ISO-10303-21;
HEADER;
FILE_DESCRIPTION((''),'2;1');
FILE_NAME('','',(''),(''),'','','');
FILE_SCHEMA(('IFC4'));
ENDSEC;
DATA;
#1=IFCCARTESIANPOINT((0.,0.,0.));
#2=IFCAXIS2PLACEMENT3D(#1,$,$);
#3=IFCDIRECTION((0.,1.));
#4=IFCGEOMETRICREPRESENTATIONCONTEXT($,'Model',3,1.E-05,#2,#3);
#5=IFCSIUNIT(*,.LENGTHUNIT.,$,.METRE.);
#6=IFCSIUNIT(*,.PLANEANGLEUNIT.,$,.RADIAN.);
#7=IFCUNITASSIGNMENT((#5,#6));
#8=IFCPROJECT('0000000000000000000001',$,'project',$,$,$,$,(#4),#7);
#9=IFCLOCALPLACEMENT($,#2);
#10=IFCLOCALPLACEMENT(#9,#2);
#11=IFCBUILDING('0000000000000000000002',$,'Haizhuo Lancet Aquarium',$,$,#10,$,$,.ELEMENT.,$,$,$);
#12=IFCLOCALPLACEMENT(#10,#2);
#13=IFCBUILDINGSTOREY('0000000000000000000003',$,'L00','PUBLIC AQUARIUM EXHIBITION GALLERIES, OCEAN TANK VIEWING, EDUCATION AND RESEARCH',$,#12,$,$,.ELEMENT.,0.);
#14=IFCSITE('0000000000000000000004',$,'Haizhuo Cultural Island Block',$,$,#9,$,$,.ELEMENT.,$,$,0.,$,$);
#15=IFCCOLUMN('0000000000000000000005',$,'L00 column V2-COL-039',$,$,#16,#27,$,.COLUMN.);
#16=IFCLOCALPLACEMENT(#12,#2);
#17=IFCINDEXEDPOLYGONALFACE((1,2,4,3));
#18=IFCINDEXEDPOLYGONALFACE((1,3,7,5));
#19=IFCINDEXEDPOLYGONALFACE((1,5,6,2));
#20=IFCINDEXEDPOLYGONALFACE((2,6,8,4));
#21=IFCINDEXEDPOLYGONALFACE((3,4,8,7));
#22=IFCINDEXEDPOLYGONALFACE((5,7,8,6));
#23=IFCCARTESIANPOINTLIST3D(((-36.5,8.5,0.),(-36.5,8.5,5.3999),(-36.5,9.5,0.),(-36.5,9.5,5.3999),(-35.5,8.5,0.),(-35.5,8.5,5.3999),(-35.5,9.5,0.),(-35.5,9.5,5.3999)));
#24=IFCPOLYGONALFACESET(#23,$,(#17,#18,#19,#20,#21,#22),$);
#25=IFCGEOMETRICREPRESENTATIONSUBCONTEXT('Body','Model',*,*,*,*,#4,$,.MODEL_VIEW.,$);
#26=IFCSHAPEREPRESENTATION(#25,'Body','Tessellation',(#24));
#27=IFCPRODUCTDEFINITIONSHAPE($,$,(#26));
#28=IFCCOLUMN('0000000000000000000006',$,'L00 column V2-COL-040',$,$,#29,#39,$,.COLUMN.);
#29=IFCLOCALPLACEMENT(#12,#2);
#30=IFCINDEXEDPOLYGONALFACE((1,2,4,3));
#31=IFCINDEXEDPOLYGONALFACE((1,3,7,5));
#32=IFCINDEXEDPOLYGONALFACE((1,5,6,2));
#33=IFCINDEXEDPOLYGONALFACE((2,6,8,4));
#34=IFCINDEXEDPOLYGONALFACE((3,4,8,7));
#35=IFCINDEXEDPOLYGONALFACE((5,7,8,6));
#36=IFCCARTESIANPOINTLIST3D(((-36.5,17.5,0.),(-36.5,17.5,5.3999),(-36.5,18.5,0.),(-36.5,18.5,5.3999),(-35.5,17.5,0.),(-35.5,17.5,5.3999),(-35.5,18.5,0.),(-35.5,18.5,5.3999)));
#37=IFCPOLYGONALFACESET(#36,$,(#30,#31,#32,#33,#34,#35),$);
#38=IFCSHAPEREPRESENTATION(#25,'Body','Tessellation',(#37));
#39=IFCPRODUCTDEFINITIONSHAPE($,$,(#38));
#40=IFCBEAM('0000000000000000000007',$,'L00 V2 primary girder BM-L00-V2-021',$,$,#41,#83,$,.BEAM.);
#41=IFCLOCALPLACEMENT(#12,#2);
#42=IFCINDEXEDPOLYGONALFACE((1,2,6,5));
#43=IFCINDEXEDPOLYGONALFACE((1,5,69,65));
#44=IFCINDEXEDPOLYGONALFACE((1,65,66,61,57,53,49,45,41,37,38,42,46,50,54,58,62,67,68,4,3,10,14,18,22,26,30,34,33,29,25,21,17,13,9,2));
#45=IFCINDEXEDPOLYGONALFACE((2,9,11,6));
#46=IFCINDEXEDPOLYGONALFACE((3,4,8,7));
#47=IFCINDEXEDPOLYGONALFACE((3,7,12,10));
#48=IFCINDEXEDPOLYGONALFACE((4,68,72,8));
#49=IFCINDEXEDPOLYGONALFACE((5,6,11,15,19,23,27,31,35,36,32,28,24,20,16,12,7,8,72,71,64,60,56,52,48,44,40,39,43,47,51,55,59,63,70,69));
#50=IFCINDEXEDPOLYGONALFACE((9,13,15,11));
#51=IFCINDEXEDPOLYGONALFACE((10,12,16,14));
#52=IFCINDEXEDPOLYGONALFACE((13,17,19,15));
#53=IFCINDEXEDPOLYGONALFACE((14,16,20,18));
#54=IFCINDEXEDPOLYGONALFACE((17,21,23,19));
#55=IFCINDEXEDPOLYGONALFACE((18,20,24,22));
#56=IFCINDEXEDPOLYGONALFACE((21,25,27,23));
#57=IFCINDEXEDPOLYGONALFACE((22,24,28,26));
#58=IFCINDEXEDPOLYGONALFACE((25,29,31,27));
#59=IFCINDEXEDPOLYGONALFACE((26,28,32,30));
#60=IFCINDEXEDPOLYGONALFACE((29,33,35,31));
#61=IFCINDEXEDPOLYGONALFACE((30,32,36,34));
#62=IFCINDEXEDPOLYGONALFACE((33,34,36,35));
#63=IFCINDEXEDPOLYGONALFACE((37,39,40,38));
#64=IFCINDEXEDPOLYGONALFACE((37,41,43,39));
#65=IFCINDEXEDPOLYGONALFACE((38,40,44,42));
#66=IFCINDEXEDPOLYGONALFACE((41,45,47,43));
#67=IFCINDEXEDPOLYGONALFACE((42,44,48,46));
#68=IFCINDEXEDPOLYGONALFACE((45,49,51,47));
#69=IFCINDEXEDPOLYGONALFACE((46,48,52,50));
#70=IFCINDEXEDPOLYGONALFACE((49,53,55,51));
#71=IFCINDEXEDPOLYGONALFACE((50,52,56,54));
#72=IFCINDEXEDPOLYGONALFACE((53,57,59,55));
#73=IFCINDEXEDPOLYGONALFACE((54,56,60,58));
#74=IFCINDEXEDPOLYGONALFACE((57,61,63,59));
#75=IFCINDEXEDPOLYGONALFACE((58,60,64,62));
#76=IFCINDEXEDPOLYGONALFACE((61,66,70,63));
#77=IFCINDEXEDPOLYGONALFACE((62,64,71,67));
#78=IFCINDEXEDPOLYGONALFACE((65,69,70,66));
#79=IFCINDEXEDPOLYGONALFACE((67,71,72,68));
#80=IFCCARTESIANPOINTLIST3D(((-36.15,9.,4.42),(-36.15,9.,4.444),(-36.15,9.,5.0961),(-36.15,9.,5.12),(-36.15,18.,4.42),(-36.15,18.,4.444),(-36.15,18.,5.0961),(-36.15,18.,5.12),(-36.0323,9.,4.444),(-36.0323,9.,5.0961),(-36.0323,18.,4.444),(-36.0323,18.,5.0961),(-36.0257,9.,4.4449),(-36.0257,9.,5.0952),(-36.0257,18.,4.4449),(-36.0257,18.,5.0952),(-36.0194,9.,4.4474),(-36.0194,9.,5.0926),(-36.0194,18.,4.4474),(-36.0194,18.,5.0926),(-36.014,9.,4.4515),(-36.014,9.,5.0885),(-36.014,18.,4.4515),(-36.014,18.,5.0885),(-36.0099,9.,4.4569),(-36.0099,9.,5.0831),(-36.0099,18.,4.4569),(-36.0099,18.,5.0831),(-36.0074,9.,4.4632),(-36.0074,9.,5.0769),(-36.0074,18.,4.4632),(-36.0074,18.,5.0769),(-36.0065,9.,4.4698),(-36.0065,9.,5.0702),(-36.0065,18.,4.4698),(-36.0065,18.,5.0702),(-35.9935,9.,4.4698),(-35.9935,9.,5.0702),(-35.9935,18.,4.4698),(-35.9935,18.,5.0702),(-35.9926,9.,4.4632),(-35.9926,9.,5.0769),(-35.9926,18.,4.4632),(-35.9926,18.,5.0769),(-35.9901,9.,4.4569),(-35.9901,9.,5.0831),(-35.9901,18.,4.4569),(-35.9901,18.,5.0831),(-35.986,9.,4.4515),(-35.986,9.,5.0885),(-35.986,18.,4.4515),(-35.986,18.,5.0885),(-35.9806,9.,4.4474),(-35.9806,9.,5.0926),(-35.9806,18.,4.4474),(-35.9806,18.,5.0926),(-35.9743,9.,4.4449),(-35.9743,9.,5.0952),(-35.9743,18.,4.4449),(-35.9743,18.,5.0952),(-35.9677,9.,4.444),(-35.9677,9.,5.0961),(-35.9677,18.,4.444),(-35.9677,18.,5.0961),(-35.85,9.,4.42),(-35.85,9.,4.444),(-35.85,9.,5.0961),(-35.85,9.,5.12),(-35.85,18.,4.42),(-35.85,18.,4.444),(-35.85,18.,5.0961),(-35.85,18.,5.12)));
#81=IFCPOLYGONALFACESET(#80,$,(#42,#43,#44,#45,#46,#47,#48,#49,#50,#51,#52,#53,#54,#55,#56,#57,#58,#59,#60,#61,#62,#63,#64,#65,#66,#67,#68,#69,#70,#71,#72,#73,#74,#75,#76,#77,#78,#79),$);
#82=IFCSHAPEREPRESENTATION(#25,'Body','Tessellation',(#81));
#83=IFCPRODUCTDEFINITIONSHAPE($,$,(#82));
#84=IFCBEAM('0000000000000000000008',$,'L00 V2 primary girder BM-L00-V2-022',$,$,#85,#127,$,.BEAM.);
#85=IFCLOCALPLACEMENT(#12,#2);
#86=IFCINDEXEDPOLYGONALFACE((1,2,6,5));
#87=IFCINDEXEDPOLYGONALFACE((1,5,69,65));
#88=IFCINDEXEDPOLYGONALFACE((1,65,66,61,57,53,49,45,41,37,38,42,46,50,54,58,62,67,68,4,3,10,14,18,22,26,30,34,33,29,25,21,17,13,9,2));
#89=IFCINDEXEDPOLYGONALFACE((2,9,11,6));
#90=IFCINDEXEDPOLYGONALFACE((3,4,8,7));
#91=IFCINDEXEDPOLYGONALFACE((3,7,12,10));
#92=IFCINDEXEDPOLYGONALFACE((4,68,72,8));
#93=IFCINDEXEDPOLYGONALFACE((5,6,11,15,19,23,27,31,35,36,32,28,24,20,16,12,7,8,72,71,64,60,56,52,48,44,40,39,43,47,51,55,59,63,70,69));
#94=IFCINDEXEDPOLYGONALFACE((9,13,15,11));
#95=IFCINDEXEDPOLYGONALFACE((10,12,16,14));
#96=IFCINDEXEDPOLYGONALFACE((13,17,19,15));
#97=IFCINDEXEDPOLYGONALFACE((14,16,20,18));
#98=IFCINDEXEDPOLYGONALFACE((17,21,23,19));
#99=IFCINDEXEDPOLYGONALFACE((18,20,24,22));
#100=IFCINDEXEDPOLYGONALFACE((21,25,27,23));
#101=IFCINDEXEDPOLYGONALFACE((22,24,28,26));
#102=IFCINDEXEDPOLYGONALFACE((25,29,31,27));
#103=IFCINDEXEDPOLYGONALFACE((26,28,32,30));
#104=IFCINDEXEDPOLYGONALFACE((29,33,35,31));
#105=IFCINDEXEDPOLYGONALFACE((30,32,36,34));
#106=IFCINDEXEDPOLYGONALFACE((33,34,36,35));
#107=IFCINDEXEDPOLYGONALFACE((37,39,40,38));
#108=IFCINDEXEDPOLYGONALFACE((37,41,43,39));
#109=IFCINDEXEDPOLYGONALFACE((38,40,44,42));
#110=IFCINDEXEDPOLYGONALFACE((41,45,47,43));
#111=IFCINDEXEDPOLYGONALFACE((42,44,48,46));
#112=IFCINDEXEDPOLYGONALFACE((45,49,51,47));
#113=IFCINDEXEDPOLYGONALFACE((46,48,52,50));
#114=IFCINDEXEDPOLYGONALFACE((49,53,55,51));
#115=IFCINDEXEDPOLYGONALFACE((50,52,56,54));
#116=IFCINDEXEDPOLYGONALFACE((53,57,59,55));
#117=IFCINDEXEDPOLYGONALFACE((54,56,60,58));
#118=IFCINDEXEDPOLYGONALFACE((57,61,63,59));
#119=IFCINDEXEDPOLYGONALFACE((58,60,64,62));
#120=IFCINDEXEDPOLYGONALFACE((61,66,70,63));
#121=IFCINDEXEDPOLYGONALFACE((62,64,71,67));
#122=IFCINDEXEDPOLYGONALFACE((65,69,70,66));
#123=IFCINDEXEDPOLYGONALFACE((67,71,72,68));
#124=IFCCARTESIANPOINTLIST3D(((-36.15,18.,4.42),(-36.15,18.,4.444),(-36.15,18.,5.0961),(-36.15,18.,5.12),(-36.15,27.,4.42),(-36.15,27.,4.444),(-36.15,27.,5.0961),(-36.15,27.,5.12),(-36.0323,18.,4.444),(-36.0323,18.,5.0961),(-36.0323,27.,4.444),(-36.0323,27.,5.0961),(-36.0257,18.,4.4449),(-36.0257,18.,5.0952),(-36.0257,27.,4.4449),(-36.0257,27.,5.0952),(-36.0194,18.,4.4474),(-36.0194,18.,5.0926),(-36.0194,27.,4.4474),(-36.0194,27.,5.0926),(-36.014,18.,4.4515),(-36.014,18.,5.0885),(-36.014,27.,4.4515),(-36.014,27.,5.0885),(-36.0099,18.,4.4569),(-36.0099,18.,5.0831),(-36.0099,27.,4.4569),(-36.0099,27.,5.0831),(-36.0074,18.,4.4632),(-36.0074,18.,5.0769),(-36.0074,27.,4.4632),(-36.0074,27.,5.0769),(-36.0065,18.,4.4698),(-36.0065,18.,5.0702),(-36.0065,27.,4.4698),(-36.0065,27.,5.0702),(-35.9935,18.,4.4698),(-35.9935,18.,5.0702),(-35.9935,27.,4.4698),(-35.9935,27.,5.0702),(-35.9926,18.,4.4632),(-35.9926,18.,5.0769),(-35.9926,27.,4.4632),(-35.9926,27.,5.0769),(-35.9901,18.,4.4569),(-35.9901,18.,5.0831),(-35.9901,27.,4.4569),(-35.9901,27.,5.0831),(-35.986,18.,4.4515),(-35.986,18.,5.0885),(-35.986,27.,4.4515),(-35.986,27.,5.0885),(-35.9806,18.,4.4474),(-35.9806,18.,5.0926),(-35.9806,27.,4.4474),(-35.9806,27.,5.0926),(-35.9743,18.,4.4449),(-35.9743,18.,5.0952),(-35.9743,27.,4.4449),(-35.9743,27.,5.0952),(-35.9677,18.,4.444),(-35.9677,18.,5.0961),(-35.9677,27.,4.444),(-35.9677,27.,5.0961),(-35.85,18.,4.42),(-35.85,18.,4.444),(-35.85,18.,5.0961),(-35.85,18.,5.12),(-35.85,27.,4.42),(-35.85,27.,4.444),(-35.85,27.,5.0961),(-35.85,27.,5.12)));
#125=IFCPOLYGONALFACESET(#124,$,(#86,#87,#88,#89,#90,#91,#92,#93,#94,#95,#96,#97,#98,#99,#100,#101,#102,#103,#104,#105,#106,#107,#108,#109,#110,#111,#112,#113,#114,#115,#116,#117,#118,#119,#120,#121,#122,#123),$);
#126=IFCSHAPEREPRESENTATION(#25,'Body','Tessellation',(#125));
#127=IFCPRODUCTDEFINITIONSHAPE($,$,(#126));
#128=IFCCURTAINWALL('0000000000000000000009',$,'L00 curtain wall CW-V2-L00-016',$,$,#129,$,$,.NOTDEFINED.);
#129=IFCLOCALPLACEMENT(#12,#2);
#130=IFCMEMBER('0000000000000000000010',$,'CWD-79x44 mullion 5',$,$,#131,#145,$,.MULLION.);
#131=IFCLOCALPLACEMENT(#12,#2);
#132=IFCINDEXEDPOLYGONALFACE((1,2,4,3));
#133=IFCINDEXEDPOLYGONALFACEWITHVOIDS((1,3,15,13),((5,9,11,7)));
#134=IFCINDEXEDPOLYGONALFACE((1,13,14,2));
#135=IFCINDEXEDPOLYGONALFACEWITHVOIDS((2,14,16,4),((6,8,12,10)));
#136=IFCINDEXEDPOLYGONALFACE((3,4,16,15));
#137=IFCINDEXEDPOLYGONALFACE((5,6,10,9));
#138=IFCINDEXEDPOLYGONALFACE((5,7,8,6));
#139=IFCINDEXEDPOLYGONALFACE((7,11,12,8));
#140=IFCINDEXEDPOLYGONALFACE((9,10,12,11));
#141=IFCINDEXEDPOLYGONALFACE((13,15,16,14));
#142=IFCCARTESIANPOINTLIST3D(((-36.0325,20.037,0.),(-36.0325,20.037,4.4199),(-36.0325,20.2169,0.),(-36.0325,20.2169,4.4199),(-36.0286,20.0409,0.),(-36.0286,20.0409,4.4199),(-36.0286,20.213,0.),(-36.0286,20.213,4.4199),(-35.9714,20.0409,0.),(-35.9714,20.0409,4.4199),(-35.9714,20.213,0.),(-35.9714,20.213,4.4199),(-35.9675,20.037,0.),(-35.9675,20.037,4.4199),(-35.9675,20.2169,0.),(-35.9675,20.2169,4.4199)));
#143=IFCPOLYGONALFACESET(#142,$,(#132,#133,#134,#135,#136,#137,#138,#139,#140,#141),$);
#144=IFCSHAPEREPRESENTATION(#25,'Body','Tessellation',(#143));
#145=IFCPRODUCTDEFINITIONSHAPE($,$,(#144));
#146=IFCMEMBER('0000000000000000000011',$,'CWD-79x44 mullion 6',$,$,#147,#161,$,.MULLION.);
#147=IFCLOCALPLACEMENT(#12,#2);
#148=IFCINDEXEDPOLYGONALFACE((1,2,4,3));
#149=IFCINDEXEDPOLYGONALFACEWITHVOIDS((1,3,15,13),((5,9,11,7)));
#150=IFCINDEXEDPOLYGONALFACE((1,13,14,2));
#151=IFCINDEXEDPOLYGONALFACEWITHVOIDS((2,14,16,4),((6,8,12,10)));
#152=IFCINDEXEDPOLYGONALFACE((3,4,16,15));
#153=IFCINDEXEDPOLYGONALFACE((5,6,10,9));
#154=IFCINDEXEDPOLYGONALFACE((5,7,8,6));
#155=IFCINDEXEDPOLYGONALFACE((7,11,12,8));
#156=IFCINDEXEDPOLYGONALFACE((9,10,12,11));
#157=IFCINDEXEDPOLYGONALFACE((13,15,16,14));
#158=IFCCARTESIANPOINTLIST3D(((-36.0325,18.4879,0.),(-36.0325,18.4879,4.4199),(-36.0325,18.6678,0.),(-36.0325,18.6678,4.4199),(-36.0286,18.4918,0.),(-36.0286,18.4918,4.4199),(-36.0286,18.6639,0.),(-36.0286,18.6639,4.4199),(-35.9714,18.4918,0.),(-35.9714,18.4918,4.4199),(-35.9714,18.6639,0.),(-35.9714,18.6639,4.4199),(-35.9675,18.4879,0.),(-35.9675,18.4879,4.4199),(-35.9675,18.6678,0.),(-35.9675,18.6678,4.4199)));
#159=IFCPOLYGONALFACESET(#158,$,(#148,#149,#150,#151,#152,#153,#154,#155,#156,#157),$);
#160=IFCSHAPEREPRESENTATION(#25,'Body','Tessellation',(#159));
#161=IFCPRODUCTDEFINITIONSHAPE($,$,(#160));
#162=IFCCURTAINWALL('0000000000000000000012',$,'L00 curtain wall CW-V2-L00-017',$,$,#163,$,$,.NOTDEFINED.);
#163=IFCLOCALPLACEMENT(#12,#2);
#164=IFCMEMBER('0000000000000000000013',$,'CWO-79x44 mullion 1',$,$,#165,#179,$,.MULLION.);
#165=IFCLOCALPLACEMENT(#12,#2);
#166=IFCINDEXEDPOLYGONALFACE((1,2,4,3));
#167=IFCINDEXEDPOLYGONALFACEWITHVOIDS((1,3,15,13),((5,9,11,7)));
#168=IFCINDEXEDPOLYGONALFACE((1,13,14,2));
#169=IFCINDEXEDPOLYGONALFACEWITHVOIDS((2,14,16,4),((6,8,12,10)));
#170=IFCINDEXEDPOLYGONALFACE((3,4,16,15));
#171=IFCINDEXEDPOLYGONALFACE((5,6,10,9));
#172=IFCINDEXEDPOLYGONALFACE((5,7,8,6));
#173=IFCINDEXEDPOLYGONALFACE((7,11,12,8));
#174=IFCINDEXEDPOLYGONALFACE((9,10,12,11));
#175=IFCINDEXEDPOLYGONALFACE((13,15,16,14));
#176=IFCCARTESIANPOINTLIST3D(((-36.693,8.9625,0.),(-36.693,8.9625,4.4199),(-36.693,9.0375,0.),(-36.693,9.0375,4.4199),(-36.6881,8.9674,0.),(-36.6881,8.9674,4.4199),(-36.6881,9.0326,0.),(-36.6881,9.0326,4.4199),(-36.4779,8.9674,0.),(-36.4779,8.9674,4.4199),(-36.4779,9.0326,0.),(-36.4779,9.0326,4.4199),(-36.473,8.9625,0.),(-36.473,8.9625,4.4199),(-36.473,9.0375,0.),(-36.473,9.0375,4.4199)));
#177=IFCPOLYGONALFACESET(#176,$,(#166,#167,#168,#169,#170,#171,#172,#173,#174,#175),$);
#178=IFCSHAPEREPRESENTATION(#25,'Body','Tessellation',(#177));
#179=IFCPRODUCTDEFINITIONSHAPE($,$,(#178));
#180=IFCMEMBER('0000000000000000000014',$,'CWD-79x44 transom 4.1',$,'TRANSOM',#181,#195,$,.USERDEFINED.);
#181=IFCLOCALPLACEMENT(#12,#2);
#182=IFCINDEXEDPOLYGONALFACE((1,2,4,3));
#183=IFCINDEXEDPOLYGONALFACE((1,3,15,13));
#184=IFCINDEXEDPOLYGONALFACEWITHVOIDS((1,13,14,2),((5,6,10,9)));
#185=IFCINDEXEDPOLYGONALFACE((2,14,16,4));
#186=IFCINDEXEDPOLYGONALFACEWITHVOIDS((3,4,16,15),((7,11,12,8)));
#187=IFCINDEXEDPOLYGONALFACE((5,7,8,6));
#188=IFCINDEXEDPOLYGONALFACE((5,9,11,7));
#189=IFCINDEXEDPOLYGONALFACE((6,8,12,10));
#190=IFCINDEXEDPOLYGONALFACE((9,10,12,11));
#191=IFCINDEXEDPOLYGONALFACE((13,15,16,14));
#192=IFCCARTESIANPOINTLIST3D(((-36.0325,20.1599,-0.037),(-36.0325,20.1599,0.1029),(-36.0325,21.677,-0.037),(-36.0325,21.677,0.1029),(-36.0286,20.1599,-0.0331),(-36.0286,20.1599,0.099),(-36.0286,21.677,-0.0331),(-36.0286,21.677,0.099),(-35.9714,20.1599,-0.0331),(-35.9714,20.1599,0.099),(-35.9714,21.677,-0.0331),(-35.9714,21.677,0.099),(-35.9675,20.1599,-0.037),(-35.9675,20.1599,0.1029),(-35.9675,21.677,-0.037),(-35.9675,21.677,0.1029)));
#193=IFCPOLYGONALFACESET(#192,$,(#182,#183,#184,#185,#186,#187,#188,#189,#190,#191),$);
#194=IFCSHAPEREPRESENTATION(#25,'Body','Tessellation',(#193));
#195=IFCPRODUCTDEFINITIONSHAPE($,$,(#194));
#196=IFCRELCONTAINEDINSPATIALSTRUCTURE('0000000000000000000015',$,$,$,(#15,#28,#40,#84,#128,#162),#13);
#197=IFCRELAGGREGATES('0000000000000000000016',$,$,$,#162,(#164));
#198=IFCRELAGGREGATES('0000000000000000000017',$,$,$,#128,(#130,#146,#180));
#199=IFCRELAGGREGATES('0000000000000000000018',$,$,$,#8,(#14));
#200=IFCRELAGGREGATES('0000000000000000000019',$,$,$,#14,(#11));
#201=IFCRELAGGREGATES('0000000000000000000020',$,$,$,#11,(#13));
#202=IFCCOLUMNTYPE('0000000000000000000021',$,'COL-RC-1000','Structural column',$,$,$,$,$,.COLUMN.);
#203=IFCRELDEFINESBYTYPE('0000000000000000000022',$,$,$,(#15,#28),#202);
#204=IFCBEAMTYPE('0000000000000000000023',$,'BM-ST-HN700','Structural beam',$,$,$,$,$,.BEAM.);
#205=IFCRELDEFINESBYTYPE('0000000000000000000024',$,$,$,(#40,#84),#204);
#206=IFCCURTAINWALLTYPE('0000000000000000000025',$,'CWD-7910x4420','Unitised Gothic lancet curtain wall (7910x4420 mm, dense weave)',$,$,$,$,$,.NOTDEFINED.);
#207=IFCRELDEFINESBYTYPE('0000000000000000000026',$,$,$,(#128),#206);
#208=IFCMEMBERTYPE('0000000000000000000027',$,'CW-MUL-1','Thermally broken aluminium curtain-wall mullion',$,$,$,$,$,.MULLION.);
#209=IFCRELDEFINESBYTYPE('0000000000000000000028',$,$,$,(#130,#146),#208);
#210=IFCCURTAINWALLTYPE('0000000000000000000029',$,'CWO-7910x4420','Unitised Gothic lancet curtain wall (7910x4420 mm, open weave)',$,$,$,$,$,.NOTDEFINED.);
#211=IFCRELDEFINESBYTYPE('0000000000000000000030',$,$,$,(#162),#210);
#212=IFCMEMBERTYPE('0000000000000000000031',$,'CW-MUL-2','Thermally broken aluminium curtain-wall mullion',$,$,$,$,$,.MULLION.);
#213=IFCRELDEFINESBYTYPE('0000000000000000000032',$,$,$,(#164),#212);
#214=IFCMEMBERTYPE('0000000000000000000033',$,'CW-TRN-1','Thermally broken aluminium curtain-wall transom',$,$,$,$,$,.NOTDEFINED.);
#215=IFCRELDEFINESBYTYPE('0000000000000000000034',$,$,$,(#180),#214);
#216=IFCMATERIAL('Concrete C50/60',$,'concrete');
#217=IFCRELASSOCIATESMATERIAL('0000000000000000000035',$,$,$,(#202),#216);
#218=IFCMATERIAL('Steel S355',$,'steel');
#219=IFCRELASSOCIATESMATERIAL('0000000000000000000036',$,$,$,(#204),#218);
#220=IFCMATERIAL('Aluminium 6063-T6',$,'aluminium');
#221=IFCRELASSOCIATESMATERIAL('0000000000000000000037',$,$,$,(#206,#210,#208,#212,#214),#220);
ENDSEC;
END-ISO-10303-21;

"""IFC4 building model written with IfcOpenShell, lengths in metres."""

from ifc_helpers import new_model, si_unit, direction, frame, origin, origin_2d, place, context, subcontext, project, spatial, rectangle, hollow_rectangle, i_section, extrude, material, material_profile, profile_set, type_object, element, aggregate, save


model = new_model("IFC4")

# Units and contexts
model_context = context("Model", 3, precision=1e-05, world=origin(), true_north=direction((0.0, 1.0)))
body_context = subcontext(model_context, "Body", "Model", "MODEL_VIEW")
ifc_project = project(units=[si_unit("LENGTHUNIT", "METRE"), si_unit("PLANEANGLEUNIT", "RADIAN")], contexts=[model_context])

# Site, building, storey
site_placement = place(None, origin())
site = spatial("IfcSite", under=ifc_project, at=site_placement, Name="Haizhuo Cultural Island Block", CompositionType="ELEMENT", RefElevation=0.0)
building_placement = place(site_placement, origin())
building = spatial("IfcBuilding", under=site, at=building_placement, Name="Haizhuo Lancet Aquarium", CompositionType="ELEMENT")
storey_placement = place(building_placement, origin())
storey = spatial("IfcBuildingStorey", under=building, at=storey_placement, Name="L00", Description="PUBLIC AQUARIUM EXHIBITION GALLERIES, OCEAN TANK VIEWING, EDUCATION AND RESEARCH", CompositionType="ELEMENT", Elevation=0.0)

# Columns
ifc_material_1 = material(Name="Concrete C50/60", Category="concrete")
ifc_material_profile_1 = material_profile(ifc_material_1, rectangle(XDim=1.0, YDim=1.0, at=origin_2d()), Name="RC-COL 1000x1000")
ifc_profile_set_1 = profile_set([ifc_material_profile_1], Name="Concrete C50/60")
column_type = type_object("IfcColumnType", Name="COL-RC-1000", Description="Structural column", PredefinedType="COLUMN", material=ifc_profile_set_1)
for number, where, z_axis, x_axis, name in (
    (1, (-36.0, 9.0, 0.0), (0.0, 0.0, 1.0), (1.0, 0.0, 0.0), "L00 column V2-COL-039"),
    (2, (-36.0, 18.0, 0.0), (0.0, 0.0, 1.0), (1.0, 0.0, 0.0), "L00 column V2-COL-040"),
):
    element("IfcColumn", number, at=place(storey_placement, frame(where, z_axis=z_axis, x_axis=x_axis)), inside=storey, type_object=column_type, Name=name, PredefinedType="COLUMN", context=body_context, shape_type="SweptSolid", body=[
        extrude(rectangle(XDim=1.0, YDim=1.0, at=origin_2d()), origin(), (0.0, 0.0, 1.0), 5.3999),
    ])

# Beams
ifc_material_2 = material(Name="Steel S355", Category="steel")
ifc_material_profile_2 = material_profile(ifc_material_2, i_section(OverallWidth=0.3, OverallDepth=0.7, WebThickness=0.0129, FlangeThickness=0.0239, FilletRadius=0.0259, at=origin_2d()), Name="HN 700x300x13x24")
ifc_profile_set_2 = profile_set([ifc_material_profile_2], Name="Steel S355")
beam_type = type_object("IfcBeamType", Name="BM-ST-HN700", Description="Structural beam", PredefinedType="BEAM", material=ifc_profile_set_2)
for number, where, z_axis, x_axis, name in (
    (3, (-36.0, 9.0, 4.77), (0.0, 1.0, 0.0), (-1.0, 0.0, 0.0), "L00 V2 primary girder BM-L00-V2-021"),
    (4, (-36.0, 18.0, 4.77), (0.0, 1.0, 0.0), (-1.0, 0.0, 0.0), "L00 V2 primary girder BM-L00-V2-022"),
):
    element("IfcBeam", number, at=place(storey_placement, frame(where, z_axis=z_axis, x_axis=x_axis)), inside=storey, type_object=beam_type, Name=name, PredefinedType="BEAM", context=body_context, shape_type="SweptSolid", body=[
        extrude(i_section(OverallWidth=0.3, OverallDepth=0.7, WebThickness=0.0129, FlangeThickness=0.0239, FilletRadius=0.0259, at=origin_2d()), origin(), (0.0, 0.0, 1.0), 9.0),
    ])

# Curtain wall, members
ifc_material_3 = material(Name="Aluminium 6063-T6", Category="aluminium")
curtain_wall_type_1 = type_object("IfcCurtainWallType", Name="CWD-7910x4420", Description="Unitised Gothic lancet curtain wall (7910x4420 mm, dense weave)", PredefinedType="NOTDEFINED", material=ifc_material_3)
curtain_wall_1_placement = place(storey_placement, origin())
curtain_wall_1 = element("IfcCurtainWall", 5, at=curtain_wall_1_placement, inside=storey, type_object=curtain_wall_type_1, Name="L00 curtain wall CW-V2-L00-016", PredefinedType="NOTDEFINED")
ifc_material_profile_3 = material_profile(ifc_material_3, hollow_rectangle(XDim=0.0649, YDim=0.1799, WallThickness=0.0039, at=origin_2d()), Name="ALU-M 65x180x4")
ifc_profile_set_3 = profile_set([ifc_material_profile_3], Name="Aluminium 6063-T6")
member_type_1 = type_object("IfcMemberType", Name="CW-MUL-1", Description="Thermally broken aluminium curtain-wall mullion", PredefinedType="MULLION", material=ifc_profile_set_3)
member_1_placement = place(storey_placement, frame((-36.0, 20.127, 0.0), z_axis=(0.0, 0.0, 1.0), x_axis=(1.0, 0.0, 0.0)))
member_1 = element("IfcMember", 6, at=member_1_placement, type_object=member_type_1, Name="CWD-79x44 mullion 5", PredefinedType="MULLION", context=body_context, shape_type="SweptSolid", body=[
    extrude(hollow_rectangle(XDim=0.0649, YDim=0.1799, WallThickness=0.0039, at=origin_2d()), origin(), (0.0, 0.0, 1.0), 4.4199),
])
member_2_placement = place(storey_placement, frame((-36.0, 18.5779, 0.0), z_axis=(0.0, 0.0, 1.0), x_axis=(1.0, 0.0, 0.0)))
member_2 = element("IfcMember", 7, at=member_2_placement, type_object=member_type_1, Name="CWD-79x44 mullion 6", PredefinedType="MULLION", context=body_context, shape_type="SweptSolid", body=[
    extrude(hollow_rectangle(XDim=0.0649, YDim=0.1799, WallThickness=0.0039, at=origin_2d()), origin(), (0.0, 0.0, 1.0), 4.4199),
])

# Curtain wall, member
curtain_wall_type_2 = type_object("IfcCurtainWallType", Name="CWO-7910x4420", Description="Unitised Gothic lancet curtain wall (7910x4420 mm, open weave)", PredefinedType="NOTDEFINED", material=ifc_material_3)
curtain_wall_2_placement = place(storey_placement, origin())
curtain_wall_2 = element("IfcCurtainWall", 8, at=curtain_wall_2_placement, inside=storey, type_object=curtain_wall_type_2, Name="L00 curtain wall CW-V2-L00-017", PredefinedType="NOTDEFINED")
ifc_material_profile_4 = material_profile(ifc_material_3, hollow_rectangle(XDim=0.075, YDim=0.22, WallThickness=0.0049, at=origin_2d()), Name="ALU-M 75x220x5")
ifc_profile_set_4 = profile_set([ifc_material_profile_4], Name="Aluminium 6063-T6")
member_type_2 = type_object("IfcMemberType", Name="CW-MUL-2", Description="Thermally broken aluminium curtain-wall mullion", PredefinedType="MULLION", material=ifc_profile_set_4)
member_3_placement = place(storey_placement, frame((-36.583, 9.0, 0.0), z_axis=(0.0, 0.0, 1.0), x_axis=(0.0, -1.0, 0.0)))
member_3 = element("IfcMember", 9, at=member_3_placement, type_object=member_type_2, Name="CWO-79x44 mullion 1", PredefinedType="MULLION", context=body_context, shape_type="SweptSolid", body=[
    extrude(hollow_rectangle(XDim=0.075, YDim=0.22, WallThickness=0.0049, at=origin_2d()), origin(), (0.0, 0.0, 1.0), 4.4199),
])

# Member
ifc_material_profile_5 = material_profile(ifc_material_3, hollow_rectangle(XDim=0.0649, YDim=0.1399, WallThickness=0.0039, at=origin_2d()), Name="ALU-T 65x140x4")
ifc_profile_set_5 = profile_set([ifc_material_profile_5], Name="Aluminium 6063-T6")
member_type_3 = type_object("IfcMemberType", Name="CW-TRN-1", Description="Thermally broken aluminium curtain-wall transom", PredefinedType="NOTDEFINED", material=ifc_profile_set_5)
member_4_placement = place(storey_placement, frame((-36.0, 21.677, 0.033), z_axis=(0.0, -1.0, 0.0), x_axis=(1.0, 0.0, 0.0)))
member_4 = element("IfcMember", 10, at=member_4_placement, type_object=member_type_3, Name="CWD-79x44 transom 4.1", ObjectType="TRANSOM", PredefinedType="USERDEFINED", context=body_context, shape_type="SweptSolid", body=[
    extrude(hollow_rectangle(XDim=0.0649, YDim=0.1399, WallThickness=0.0039, at=origin_2d()), origin(), (0.0, 0.0, 1.0), 1.5171),
])
aggregate(curtain_wall_2, [member_3])

aggregate(curtain_wall_1, [member_1, member_2, member_4])

save(model, "model.ifc")
